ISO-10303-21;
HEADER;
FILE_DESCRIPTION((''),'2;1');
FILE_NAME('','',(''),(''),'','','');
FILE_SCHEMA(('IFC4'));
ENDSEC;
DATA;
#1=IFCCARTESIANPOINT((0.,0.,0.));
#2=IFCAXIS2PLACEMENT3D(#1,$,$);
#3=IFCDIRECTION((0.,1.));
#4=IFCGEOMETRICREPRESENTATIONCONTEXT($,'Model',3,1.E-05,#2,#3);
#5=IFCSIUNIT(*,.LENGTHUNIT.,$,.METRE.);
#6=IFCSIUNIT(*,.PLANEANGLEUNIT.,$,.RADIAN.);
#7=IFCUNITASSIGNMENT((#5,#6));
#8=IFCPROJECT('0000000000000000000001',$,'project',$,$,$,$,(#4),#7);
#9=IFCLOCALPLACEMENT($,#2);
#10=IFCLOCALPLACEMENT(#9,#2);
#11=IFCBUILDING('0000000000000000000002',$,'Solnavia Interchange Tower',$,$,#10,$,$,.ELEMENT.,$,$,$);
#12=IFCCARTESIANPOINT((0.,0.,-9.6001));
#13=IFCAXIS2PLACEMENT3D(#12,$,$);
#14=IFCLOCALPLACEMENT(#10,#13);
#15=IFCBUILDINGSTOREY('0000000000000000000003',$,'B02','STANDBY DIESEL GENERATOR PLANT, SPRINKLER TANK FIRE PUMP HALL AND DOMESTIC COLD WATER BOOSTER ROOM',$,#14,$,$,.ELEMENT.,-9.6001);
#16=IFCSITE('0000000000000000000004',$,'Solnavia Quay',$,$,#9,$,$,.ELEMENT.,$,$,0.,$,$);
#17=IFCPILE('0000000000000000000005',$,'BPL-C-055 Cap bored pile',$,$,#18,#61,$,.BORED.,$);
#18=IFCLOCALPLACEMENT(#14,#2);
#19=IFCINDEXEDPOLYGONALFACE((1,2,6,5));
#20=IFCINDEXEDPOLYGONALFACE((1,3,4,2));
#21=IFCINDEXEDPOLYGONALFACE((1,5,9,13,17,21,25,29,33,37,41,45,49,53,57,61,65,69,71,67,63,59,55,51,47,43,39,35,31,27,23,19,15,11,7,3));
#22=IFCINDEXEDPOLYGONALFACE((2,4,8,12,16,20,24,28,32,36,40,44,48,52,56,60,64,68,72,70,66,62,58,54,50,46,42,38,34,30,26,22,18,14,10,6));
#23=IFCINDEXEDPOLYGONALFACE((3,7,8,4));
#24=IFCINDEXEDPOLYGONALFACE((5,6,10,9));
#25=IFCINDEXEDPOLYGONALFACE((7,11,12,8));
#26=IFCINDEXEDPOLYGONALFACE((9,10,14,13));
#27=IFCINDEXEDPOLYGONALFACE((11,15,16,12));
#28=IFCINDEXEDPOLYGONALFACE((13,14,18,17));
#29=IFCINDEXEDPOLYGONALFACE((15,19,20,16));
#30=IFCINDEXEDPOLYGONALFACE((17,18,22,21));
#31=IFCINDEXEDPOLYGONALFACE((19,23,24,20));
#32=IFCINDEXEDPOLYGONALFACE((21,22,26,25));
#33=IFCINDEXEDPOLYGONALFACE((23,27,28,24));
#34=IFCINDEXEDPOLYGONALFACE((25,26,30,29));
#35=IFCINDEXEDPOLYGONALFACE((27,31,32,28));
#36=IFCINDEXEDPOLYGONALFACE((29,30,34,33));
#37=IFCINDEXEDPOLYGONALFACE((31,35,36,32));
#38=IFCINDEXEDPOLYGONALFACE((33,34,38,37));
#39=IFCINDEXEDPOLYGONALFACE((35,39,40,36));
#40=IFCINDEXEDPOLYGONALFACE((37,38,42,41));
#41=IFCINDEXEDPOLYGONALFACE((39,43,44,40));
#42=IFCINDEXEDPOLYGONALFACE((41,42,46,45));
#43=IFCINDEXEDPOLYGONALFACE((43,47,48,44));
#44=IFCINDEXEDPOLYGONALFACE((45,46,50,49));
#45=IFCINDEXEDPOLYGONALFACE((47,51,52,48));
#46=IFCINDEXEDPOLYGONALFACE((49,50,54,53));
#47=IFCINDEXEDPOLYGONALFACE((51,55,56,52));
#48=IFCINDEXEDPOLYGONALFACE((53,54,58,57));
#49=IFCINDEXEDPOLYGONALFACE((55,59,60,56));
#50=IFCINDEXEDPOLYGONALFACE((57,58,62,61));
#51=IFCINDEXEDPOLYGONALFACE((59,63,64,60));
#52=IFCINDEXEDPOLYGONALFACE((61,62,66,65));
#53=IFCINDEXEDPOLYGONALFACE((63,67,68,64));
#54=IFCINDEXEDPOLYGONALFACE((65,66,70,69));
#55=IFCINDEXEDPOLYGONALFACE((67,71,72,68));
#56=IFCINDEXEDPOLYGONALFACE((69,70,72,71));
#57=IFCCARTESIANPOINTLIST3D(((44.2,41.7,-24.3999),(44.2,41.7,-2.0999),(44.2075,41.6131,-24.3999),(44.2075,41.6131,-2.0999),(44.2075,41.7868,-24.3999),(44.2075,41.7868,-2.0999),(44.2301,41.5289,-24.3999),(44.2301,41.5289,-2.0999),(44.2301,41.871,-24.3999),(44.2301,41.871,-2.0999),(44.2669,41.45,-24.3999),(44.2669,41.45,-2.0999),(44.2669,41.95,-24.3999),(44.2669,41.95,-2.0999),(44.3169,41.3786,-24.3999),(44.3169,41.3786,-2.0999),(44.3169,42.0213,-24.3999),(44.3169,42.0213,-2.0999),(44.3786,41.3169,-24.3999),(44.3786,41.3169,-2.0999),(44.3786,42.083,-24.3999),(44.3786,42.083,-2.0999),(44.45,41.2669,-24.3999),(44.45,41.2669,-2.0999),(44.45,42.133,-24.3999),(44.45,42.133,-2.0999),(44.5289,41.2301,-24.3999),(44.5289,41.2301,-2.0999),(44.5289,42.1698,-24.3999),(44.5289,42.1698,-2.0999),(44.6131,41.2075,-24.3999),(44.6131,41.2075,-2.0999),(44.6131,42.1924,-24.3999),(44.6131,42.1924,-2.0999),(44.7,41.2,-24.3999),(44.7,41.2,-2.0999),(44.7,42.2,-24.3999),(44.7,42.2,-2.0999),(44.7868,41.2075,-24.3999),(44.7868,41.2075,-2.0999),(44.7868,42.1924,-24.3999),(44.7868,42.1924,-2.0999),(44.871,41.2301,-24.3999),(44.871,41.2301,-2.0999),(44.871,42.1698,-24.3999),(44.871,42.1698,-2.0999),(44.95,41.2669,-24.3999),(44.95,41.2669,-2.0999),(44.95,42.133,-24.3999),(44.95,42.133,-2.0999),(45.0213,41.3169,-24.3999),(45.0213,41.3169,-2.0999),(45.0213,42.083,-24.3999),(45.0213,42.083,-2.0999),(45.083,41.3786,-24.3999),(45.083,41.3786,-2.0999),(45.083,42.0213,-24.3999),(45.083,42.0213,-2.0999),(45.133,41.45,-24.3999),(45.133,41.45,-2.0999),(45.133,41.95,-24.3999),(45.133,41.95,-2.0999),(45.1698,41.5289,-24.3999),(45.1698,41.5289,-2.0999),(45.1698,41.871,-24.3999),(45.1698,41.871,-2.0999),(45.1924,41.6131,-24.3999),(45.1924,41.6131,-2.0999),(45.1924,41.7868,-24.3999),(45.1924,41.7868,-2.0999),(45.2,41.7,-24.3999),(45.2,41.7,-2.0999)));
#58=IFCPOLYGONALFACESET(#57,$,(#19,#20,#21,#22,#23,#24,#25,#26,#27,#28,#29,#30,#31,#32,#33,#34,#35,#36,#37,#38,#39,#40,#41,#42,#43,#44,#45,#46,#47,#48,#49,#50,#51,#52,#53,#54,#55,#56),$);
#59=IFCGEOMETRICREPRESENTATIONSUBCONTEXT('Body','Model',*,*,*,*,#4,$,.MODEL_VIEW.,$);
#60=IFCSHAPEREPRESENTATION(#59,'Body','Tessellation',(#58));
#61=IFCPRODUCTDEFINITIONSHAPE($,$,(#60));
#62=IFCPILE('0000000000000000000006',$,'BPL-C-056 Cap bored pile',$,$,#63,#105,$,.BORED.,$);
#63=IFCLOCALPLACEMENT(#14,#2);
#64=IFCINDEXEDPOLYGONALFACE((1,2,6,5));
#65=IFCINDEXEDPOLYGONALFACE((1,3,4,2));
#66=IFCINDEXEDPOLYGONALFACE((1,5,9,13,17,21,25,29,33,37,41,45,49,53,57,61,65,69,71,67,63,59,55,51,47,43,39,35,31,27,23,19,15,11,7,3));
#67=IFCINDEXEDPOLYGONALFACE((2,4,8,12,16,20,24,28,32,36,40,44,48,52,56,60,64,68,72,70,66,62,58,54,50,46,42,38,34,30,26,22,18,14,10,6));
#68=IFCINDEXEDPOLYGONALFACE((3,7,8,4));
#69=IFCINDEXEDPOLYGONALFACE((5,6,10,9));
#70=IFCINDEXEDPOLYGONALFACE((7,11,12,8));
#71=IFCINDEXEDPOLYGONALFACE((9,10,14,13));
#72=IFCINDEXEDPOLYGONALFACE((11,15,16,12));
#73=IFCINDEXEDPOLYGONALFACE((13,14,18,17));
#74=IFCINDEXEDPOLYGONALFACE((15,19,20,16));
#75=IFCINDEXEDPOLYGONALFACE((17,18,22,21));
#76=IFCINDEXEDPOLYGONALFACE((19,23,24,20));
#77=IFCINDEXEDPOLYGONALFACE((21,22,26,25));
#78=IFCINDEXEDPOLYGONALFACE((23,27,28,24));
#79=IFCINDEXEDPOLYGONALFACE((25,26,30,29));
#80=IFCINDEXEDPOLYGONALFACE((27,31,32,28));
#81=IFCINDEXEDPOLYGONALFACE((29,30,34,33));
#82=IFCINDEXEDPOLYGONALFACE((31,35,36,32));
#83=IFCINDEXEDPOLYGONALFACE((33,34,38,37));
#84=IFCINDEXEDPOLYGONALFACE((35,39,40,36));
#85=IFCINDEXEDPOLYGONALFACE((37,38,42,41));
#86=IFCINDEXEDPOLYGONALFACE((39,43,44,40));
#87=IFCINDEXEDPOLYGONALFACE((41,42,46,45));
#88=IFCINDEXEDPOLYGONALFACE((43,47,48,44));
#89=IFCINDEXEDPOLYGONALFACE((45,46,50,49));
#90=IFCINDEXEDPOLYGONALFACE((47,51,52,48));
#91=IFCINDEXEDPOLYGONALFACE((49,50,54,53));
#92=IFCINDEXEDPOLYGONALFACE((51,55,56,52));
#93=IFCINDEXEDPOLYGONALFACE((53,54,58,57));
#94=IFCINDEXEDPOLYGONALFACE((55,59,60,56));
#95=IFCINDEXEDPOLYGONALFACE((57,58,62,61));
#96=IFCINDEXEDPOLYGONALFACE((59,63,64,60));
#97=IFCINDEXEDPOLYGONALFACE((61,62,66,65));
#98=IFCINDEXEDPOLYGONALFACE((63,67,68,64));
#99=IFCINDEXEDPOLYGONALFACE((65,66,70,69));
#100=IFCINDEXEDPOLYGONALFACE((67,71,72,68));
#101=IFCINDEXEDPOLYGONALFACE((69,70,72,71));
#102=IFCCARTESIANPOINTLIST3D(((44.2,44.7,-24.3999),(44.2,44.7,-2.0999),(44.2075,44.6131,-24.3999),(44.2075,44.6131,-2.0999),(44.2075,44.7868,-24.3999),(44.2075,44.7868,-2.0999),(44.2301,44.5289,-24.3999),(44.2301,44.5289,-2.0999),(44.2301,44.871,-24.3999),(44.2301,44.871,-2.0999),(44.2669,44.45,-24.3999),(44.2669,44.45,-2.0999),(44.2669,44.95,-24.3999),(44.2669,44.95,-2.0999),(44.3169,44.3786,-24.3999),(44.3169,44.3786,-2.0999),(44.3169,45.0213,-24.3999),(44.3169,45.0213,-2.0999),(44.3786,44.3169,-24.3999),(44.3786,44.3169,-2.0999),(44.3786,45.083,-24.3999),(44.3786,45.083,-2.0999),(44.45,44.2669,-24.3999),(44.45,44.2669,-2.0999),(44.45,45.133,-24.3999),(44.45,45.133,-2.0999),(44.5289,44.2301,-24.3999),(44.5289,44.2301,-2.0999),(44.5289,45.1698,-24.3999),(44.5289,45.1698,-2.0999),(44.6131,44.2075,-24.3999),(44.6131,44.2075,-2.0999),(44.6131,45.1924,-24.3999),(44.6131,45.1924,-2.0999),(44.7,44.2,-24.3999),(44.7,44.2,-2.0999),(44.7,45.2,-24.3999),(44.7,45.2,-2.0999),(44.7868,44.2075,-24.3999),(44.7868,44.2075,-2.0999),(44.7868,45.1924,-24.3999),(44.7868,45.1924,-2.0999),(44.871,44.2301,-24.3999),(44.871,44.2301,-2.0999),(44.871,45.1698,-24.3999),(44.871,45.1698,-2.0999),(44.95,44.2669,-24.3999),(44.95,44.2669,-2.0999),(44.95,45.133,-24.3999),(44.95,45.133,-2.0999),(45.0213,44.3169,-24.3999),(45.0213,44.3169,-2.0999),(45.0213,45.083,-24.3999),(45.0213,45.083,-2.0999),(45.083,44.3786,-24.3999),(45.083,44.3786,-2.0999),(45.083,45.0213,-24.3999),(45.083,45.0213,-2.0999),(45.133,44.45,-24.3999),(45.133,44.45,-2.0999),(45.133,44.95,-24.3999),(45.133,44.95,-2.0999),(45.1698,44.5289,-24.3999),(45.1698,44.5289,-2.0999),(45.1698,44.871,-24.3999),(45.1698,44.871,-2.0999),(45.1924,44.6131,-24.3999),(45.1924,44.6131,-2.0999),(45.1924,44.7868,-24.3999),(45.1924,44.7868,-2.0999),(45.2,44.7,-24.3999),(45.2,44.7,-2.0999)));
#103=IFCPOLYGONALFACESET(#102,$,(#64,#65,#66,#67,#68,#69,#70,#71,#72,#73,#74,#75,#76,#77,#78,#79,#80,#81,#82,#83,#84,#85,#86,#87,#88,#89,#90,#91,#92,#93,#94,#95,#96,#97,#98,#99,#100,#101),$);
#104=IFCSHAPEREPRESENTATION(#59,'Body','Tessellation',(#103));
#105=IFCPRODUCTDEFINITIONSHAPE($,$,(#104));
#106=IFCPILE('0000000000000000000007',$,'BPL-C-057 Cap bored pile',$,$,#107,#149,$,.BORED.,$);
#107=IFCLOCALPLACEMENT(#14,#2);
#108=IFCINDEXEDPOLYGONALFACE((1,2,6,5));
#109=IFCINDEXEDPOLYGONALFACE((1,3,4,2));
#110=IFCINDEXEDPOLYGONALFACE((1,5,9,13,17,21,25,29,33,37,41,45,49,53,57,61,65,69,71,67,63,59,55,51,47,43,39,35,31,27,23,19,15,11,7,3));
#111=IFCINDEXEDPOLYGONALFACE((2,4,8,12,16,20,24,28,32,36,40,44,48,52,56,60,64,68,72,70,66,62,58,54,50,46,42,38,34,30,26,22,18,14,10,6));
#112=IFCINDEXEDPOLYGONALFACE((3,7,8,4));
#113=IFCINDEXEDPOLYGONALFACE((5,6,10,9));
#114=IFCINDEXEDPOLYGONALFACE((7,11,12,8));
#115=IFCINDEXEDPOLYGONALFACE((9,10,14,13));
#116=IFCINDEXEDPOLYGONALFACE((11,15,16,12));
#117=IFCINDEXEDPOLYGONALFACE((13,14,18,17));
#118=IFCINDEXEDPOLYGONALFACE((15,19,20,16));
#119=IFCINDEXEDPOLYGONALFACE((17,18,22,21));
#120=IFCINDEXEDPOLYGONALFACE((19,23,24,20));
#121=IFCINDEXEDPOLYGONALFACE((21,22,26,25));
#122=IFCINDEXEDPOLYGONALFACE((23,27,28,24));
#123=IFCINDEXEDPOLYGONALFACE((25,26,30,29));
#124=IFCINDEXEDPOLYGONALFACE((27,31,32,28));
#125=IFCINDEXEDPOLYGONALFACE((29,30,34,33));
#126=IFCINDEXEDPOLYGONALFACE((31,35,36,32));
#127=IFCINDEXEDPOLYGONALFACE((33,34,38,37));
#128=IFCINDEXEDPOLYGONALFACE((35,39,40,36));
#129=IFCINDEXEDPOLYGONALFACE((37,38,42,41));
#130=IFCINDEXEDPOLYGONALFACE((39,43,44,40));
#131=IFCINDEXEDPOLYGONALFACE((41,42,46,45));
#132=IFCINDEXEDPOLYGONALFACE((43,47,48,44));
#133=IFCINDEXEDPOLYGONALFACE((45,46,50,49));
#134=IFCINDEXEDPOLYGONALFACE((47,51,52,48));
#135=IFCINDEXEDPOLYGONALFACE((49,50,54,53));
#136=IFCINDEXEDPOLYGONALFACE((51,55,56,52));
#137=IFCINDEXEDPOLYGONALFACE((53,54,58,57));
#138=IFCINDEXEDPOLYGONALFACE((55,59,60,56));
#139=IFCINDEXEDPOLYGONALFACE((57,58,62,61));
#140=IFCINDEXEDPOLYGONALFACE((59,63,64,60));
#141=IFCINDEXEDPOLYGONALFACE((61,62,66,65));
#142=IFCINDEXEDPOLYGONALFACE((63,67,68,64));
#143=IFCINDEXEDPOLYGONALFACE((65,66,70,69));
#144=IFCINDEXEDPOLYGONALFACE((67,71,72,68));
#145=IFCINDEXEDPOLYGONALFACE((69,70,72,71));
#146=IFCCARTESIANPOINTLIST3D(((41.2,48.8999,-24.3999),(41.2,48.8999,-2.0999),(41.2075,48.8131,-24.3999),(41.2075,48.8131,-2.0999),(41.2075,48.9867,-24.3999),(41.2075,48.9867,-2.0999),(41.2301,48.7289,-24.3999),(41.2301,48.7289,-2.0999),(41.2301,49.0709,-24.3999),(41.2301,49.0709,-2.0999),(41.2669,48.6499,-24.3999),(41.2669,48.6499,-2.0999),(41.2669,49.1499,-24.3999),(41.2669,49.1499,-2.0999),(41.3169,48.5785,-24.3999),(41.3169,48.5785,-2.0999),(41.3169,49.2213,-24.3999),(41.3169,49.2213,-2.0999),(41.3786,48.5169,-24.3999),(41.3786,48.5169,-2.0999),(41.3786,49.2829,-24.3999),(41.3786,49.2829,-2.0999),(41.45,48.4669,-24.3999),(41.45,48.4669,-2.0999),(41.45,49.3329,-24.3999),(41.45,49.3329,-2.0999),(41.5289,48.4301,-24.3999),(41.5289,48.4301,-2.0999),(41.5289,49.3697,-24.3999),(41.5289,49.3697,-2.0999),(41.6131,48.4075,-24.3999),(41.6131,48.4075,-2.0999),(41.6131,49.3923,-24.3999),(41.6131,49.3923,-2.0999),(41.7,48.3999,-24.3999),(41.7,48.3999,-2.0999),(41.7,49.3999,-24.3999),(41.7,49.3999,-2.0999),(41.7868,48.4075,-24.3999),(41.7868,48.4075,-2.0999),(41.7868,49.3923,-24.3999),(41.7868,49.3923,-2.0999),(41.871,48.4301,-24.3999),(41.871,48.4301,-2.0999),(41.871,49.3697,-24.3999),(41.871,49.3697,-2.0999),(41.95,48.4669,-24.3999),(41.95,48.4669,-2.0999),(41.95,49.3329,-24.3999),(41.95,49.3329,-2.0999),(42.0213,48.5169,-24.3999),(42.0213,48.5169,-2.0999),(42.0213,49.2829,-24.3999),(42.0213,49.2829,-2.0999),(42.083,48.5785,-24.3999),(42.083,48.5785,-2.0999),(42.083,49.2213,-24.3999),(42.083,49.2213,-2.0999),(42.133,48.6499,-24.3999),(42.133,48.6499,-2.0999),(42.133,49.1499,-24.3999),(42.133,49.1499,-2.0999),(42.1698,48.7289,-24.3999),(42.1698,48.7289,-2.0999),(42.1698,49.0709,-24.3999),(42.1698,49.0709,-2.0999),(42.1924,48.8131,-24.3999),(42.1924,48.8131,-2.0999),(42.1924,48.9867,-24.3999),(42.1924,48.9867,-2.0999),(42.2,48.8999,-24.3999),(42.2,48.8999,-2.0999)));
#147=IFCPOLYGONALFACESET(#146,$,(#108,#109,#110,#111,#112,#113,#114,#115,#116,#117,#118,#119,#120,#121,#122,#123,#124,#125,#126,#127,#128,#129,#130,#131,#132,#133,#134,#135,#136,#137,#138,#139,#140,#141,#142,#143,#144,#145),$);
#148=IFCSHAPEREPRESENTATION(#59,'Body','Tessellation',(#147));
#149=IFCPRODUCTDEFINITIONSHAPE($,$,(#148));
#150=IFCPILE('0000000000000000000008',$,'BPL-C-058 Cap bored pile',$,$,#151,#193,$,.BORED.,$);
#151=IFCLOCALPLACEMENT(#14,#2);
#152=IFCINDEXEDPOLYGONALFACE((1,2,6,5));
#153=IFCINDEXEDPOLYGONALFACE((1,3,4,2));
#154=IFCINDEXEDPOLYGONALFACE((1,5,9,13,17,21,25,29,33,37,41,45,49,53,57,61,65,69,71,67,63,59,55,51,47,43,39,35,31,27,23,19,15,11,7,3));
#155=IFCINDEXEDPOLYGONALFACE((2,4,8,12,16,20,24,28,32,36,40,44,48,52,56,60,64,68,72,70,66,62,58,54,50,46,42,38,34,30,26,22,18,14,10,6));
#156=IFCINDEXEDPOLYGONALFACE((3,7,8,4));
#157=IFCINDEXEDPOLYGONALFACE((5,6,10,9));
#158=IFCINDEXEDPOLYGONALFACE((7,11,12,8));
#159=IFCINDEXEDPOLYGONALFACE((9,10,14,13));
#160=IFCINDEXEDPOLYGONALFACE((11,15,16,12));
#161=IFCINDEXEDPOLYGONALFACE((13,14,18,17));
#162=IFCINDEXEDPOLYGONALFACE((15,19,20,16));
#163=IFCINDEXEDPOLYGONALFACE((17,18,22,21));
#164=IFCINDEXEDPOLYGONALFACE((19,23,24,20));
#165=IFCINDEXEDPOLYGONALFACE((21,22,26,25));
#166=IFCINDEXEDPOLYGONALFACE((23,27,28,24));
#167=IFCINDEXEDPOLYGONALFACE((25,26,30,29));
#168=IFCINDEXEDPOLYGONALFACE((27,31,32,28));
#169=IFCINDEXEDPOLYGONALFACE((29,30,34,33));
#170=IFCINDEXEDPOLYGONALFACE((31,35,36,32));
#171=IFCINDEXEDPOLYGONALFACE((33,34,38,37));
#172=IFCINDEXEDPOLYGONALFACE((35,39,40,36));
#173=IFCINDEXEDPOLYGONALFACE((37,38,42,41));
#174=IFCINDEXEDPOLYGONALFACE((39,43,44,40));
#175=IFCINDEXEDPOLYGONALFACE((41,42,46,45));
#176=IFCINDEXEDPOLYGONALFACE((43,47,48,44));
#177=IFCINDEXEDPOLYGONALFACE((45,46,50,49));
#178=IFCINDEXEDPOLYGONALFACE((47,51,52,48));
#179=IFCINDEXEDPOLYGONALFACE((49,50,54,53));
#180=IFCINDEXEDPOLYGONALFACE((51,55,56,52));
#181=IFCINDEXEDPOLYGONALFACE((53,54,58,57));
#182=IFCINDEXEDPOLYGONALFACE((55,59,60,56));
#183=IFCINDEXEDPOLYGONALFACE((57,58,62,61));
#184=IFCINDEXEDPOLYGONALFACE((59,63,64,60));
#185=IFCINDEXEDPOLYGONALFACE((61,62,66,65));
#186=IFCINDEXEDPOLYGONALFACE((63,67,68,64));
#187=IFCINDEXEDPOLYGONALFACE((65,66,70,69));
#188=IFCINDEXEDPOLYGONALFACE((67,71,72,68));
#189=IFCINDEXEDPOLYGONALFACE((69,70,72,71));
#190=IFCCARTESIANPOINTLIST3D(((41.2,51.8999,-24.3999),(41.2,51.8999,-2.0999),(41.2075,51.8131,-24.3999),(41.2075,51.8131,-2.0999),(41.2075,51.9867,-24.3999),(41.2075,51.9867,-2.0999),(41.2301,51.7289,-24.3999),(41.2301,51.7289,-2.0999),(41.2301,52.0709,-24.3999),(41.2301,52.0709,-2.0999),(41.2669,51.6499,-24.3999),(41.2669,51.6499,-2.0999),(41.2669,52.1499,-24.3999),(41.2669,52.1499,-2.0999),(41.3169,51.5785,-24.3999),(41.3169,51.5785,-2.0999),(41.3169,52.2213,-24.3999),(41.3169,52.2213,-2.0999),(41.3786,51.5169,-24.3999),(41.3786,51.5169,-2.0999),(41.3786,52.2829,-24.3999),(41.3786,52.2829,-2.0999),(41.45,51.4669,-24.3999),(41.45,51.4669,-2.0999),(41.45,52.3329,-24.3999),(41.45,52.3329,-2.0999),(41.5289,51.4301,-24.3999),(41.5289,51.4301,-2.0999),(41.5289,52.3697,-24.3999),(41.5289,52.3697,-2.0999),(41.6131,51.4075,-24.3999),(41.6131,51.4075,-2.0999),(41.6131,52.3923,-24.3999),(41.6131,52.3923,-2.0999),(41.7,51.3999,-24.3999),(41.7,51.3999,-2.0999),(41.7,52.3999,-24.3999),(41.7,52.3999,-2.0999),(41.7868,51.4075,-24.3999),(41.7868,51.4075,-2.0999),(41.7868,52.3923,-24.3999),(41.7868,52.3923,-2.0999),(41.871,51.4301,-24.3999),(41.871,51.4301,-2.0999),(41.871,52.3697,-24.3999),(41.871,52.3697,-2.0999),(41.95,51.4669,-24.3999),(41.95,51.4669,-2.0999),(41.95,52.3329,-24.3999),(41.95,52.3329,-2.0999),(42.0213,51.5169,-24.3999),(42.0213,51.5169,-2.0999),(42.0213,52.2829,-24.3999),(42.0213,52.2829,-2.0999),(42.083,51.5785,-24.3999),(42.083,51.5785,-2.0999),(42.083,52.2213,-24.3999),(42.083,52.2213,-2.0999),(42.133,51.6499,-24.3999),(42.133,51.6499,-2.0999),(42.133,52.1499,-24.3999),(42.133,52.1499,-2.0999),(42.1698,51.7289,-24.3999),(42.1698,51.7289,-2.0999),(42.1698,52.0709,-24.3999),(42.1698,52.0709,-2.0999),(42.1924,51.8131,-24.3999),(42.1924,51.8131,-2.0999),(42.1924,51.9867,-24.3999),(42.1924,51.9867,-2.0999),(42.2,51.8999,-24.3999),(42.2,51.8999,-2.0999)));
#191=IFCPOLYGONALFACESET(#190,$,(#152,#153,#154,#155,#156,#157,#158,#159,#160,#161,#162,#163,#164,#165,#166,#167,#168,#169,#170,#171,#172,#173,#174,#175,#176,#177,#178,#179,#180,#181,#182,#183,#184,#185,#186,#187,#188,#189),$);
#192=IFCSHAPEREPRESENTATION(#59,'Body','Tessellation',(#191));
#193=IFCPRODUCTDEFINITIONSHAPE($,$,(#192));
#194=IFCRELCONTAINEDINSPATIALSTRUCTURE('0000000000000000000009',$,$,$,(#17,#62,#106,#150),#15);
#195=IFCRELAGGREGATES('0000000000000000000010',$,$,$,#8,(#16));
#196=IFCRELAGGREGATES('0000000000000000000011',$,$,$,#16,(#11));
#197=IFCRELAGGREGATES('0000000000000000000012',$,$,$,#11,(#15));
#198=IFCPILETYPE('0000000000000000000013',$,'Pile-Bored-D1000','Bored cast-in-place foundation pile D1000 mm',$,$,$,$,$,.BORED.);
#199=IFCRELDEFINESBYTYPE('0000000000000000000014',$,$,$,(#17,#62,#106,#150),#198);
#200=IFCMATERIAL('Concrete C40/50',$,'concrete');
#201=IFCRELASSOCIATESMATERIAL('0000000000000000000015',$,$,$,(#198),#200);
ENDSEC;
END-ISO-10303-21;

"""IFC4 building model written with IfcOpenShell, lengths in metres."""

from ifc_helpers import new_model, si_unit, direction, frame, origin, origin_2d, place, context, subcontext, project, spatial, circle, extrude, material, material_profile, profile_set, type_object, element, save


model = new_model("IFC4")

# Units and contexts
model_context = context("Model", 3, precision=1e-05, world=origin(), true_north=direction((0.0, 1.0)))
body_context = subcontext(model_context, "Body", "Model", "MODEL_VIEW")
ifc_project = project(units=[si_unit("LENGTHUNIT", "METRE"), si_unit("PLANEANGLEUNIT", "RADIAN")], contexts=[model_context])

# Site, building, storey
site_placement = place(None, origin())
site = spatial("IfcSite", under=ifc_project, at=site_placement, Name="Solnavia Quay", CompositionType="ELEMENT", RefElevation=0.0)
building_placement = place(site_placement, origin())
building = spatial("IfcBuilding", under=site, at=building_placement, Name="Solnavia Interchange Tower", CompositionType="ELEMENT")
storey_placement = place(building_placement, frame((0.0, 0.0, -9.6001)))
storey = spatial("IfcBuildingStorey", under=building, at=storey_placement, Name="B02", Description="STANDBY DIESEL GENERATOR PLANT, SPRINKLER TANK FIRE PUMP HALL AND DOMESTIC COLD WATER BOOSTER ROOM", CompositionType="ELEMENT", Elevation=-9.6001)

# Shared definitions
ifc_material_1 = material(Name="Concrete C40/50", Category="concrete")

# Piles
ifc_material_profile_1 = material_profile(ifc_material_1, circle(Radius=0.5, at=origin_2d()), Name="PILE D1000")
ifc_profile_set_1 = profile_set([ifc_material_profile_1], Name="Concrete C40/50")
pile_type = type_object("IfcPileType", Name="Pile-Bored-D1000", Description="Bored cast-in-place foundation pile D1000 mm", PredefinedType="BORED", material=ifc_profile_set_1)
for number, where, z_axis, x_axis, name in (
    (1, (44.7, 41.7, -2.0999), (0.0, 0.0, -1.0), (1.0, 0.0, 0.0), "BPL-C-055 Cap bored pile"),
    (2, (44.7, 44.7, -2.0999), (0.0, 0.0, -1.0), (1.0, 0.0, 0.0), "BPL-C-056 Cap bored pile"),
    (3, (41.7, 48.8999, -2.0999), (0.0, 0.0, -1.0), (1.0, 0.0, 0.0), "BPL-C-057 Cap bored pile"),
    (4, (41.7, 51.8999, -2.0999), (0.0, 0.0, -1.0), (1.0, 0.0, 0.0), "BPL-C-058 Cap bored pile"),
):
    element("IfcPile", number, at=place(storey_placement, frame(where, z_axis=z_axis, x_axis=x_axis)), inside=storey, type_object=pile_type, Name=name, PredefinedType="BORED", context=body_context, shape_type="SweptSolid", body=[
        extrude(circle(Radius=0.5, at=origin_2d()), origin(), (0.0, 0.0, 1.0), 22.3),
    ])

save(model, "model.ifc")
